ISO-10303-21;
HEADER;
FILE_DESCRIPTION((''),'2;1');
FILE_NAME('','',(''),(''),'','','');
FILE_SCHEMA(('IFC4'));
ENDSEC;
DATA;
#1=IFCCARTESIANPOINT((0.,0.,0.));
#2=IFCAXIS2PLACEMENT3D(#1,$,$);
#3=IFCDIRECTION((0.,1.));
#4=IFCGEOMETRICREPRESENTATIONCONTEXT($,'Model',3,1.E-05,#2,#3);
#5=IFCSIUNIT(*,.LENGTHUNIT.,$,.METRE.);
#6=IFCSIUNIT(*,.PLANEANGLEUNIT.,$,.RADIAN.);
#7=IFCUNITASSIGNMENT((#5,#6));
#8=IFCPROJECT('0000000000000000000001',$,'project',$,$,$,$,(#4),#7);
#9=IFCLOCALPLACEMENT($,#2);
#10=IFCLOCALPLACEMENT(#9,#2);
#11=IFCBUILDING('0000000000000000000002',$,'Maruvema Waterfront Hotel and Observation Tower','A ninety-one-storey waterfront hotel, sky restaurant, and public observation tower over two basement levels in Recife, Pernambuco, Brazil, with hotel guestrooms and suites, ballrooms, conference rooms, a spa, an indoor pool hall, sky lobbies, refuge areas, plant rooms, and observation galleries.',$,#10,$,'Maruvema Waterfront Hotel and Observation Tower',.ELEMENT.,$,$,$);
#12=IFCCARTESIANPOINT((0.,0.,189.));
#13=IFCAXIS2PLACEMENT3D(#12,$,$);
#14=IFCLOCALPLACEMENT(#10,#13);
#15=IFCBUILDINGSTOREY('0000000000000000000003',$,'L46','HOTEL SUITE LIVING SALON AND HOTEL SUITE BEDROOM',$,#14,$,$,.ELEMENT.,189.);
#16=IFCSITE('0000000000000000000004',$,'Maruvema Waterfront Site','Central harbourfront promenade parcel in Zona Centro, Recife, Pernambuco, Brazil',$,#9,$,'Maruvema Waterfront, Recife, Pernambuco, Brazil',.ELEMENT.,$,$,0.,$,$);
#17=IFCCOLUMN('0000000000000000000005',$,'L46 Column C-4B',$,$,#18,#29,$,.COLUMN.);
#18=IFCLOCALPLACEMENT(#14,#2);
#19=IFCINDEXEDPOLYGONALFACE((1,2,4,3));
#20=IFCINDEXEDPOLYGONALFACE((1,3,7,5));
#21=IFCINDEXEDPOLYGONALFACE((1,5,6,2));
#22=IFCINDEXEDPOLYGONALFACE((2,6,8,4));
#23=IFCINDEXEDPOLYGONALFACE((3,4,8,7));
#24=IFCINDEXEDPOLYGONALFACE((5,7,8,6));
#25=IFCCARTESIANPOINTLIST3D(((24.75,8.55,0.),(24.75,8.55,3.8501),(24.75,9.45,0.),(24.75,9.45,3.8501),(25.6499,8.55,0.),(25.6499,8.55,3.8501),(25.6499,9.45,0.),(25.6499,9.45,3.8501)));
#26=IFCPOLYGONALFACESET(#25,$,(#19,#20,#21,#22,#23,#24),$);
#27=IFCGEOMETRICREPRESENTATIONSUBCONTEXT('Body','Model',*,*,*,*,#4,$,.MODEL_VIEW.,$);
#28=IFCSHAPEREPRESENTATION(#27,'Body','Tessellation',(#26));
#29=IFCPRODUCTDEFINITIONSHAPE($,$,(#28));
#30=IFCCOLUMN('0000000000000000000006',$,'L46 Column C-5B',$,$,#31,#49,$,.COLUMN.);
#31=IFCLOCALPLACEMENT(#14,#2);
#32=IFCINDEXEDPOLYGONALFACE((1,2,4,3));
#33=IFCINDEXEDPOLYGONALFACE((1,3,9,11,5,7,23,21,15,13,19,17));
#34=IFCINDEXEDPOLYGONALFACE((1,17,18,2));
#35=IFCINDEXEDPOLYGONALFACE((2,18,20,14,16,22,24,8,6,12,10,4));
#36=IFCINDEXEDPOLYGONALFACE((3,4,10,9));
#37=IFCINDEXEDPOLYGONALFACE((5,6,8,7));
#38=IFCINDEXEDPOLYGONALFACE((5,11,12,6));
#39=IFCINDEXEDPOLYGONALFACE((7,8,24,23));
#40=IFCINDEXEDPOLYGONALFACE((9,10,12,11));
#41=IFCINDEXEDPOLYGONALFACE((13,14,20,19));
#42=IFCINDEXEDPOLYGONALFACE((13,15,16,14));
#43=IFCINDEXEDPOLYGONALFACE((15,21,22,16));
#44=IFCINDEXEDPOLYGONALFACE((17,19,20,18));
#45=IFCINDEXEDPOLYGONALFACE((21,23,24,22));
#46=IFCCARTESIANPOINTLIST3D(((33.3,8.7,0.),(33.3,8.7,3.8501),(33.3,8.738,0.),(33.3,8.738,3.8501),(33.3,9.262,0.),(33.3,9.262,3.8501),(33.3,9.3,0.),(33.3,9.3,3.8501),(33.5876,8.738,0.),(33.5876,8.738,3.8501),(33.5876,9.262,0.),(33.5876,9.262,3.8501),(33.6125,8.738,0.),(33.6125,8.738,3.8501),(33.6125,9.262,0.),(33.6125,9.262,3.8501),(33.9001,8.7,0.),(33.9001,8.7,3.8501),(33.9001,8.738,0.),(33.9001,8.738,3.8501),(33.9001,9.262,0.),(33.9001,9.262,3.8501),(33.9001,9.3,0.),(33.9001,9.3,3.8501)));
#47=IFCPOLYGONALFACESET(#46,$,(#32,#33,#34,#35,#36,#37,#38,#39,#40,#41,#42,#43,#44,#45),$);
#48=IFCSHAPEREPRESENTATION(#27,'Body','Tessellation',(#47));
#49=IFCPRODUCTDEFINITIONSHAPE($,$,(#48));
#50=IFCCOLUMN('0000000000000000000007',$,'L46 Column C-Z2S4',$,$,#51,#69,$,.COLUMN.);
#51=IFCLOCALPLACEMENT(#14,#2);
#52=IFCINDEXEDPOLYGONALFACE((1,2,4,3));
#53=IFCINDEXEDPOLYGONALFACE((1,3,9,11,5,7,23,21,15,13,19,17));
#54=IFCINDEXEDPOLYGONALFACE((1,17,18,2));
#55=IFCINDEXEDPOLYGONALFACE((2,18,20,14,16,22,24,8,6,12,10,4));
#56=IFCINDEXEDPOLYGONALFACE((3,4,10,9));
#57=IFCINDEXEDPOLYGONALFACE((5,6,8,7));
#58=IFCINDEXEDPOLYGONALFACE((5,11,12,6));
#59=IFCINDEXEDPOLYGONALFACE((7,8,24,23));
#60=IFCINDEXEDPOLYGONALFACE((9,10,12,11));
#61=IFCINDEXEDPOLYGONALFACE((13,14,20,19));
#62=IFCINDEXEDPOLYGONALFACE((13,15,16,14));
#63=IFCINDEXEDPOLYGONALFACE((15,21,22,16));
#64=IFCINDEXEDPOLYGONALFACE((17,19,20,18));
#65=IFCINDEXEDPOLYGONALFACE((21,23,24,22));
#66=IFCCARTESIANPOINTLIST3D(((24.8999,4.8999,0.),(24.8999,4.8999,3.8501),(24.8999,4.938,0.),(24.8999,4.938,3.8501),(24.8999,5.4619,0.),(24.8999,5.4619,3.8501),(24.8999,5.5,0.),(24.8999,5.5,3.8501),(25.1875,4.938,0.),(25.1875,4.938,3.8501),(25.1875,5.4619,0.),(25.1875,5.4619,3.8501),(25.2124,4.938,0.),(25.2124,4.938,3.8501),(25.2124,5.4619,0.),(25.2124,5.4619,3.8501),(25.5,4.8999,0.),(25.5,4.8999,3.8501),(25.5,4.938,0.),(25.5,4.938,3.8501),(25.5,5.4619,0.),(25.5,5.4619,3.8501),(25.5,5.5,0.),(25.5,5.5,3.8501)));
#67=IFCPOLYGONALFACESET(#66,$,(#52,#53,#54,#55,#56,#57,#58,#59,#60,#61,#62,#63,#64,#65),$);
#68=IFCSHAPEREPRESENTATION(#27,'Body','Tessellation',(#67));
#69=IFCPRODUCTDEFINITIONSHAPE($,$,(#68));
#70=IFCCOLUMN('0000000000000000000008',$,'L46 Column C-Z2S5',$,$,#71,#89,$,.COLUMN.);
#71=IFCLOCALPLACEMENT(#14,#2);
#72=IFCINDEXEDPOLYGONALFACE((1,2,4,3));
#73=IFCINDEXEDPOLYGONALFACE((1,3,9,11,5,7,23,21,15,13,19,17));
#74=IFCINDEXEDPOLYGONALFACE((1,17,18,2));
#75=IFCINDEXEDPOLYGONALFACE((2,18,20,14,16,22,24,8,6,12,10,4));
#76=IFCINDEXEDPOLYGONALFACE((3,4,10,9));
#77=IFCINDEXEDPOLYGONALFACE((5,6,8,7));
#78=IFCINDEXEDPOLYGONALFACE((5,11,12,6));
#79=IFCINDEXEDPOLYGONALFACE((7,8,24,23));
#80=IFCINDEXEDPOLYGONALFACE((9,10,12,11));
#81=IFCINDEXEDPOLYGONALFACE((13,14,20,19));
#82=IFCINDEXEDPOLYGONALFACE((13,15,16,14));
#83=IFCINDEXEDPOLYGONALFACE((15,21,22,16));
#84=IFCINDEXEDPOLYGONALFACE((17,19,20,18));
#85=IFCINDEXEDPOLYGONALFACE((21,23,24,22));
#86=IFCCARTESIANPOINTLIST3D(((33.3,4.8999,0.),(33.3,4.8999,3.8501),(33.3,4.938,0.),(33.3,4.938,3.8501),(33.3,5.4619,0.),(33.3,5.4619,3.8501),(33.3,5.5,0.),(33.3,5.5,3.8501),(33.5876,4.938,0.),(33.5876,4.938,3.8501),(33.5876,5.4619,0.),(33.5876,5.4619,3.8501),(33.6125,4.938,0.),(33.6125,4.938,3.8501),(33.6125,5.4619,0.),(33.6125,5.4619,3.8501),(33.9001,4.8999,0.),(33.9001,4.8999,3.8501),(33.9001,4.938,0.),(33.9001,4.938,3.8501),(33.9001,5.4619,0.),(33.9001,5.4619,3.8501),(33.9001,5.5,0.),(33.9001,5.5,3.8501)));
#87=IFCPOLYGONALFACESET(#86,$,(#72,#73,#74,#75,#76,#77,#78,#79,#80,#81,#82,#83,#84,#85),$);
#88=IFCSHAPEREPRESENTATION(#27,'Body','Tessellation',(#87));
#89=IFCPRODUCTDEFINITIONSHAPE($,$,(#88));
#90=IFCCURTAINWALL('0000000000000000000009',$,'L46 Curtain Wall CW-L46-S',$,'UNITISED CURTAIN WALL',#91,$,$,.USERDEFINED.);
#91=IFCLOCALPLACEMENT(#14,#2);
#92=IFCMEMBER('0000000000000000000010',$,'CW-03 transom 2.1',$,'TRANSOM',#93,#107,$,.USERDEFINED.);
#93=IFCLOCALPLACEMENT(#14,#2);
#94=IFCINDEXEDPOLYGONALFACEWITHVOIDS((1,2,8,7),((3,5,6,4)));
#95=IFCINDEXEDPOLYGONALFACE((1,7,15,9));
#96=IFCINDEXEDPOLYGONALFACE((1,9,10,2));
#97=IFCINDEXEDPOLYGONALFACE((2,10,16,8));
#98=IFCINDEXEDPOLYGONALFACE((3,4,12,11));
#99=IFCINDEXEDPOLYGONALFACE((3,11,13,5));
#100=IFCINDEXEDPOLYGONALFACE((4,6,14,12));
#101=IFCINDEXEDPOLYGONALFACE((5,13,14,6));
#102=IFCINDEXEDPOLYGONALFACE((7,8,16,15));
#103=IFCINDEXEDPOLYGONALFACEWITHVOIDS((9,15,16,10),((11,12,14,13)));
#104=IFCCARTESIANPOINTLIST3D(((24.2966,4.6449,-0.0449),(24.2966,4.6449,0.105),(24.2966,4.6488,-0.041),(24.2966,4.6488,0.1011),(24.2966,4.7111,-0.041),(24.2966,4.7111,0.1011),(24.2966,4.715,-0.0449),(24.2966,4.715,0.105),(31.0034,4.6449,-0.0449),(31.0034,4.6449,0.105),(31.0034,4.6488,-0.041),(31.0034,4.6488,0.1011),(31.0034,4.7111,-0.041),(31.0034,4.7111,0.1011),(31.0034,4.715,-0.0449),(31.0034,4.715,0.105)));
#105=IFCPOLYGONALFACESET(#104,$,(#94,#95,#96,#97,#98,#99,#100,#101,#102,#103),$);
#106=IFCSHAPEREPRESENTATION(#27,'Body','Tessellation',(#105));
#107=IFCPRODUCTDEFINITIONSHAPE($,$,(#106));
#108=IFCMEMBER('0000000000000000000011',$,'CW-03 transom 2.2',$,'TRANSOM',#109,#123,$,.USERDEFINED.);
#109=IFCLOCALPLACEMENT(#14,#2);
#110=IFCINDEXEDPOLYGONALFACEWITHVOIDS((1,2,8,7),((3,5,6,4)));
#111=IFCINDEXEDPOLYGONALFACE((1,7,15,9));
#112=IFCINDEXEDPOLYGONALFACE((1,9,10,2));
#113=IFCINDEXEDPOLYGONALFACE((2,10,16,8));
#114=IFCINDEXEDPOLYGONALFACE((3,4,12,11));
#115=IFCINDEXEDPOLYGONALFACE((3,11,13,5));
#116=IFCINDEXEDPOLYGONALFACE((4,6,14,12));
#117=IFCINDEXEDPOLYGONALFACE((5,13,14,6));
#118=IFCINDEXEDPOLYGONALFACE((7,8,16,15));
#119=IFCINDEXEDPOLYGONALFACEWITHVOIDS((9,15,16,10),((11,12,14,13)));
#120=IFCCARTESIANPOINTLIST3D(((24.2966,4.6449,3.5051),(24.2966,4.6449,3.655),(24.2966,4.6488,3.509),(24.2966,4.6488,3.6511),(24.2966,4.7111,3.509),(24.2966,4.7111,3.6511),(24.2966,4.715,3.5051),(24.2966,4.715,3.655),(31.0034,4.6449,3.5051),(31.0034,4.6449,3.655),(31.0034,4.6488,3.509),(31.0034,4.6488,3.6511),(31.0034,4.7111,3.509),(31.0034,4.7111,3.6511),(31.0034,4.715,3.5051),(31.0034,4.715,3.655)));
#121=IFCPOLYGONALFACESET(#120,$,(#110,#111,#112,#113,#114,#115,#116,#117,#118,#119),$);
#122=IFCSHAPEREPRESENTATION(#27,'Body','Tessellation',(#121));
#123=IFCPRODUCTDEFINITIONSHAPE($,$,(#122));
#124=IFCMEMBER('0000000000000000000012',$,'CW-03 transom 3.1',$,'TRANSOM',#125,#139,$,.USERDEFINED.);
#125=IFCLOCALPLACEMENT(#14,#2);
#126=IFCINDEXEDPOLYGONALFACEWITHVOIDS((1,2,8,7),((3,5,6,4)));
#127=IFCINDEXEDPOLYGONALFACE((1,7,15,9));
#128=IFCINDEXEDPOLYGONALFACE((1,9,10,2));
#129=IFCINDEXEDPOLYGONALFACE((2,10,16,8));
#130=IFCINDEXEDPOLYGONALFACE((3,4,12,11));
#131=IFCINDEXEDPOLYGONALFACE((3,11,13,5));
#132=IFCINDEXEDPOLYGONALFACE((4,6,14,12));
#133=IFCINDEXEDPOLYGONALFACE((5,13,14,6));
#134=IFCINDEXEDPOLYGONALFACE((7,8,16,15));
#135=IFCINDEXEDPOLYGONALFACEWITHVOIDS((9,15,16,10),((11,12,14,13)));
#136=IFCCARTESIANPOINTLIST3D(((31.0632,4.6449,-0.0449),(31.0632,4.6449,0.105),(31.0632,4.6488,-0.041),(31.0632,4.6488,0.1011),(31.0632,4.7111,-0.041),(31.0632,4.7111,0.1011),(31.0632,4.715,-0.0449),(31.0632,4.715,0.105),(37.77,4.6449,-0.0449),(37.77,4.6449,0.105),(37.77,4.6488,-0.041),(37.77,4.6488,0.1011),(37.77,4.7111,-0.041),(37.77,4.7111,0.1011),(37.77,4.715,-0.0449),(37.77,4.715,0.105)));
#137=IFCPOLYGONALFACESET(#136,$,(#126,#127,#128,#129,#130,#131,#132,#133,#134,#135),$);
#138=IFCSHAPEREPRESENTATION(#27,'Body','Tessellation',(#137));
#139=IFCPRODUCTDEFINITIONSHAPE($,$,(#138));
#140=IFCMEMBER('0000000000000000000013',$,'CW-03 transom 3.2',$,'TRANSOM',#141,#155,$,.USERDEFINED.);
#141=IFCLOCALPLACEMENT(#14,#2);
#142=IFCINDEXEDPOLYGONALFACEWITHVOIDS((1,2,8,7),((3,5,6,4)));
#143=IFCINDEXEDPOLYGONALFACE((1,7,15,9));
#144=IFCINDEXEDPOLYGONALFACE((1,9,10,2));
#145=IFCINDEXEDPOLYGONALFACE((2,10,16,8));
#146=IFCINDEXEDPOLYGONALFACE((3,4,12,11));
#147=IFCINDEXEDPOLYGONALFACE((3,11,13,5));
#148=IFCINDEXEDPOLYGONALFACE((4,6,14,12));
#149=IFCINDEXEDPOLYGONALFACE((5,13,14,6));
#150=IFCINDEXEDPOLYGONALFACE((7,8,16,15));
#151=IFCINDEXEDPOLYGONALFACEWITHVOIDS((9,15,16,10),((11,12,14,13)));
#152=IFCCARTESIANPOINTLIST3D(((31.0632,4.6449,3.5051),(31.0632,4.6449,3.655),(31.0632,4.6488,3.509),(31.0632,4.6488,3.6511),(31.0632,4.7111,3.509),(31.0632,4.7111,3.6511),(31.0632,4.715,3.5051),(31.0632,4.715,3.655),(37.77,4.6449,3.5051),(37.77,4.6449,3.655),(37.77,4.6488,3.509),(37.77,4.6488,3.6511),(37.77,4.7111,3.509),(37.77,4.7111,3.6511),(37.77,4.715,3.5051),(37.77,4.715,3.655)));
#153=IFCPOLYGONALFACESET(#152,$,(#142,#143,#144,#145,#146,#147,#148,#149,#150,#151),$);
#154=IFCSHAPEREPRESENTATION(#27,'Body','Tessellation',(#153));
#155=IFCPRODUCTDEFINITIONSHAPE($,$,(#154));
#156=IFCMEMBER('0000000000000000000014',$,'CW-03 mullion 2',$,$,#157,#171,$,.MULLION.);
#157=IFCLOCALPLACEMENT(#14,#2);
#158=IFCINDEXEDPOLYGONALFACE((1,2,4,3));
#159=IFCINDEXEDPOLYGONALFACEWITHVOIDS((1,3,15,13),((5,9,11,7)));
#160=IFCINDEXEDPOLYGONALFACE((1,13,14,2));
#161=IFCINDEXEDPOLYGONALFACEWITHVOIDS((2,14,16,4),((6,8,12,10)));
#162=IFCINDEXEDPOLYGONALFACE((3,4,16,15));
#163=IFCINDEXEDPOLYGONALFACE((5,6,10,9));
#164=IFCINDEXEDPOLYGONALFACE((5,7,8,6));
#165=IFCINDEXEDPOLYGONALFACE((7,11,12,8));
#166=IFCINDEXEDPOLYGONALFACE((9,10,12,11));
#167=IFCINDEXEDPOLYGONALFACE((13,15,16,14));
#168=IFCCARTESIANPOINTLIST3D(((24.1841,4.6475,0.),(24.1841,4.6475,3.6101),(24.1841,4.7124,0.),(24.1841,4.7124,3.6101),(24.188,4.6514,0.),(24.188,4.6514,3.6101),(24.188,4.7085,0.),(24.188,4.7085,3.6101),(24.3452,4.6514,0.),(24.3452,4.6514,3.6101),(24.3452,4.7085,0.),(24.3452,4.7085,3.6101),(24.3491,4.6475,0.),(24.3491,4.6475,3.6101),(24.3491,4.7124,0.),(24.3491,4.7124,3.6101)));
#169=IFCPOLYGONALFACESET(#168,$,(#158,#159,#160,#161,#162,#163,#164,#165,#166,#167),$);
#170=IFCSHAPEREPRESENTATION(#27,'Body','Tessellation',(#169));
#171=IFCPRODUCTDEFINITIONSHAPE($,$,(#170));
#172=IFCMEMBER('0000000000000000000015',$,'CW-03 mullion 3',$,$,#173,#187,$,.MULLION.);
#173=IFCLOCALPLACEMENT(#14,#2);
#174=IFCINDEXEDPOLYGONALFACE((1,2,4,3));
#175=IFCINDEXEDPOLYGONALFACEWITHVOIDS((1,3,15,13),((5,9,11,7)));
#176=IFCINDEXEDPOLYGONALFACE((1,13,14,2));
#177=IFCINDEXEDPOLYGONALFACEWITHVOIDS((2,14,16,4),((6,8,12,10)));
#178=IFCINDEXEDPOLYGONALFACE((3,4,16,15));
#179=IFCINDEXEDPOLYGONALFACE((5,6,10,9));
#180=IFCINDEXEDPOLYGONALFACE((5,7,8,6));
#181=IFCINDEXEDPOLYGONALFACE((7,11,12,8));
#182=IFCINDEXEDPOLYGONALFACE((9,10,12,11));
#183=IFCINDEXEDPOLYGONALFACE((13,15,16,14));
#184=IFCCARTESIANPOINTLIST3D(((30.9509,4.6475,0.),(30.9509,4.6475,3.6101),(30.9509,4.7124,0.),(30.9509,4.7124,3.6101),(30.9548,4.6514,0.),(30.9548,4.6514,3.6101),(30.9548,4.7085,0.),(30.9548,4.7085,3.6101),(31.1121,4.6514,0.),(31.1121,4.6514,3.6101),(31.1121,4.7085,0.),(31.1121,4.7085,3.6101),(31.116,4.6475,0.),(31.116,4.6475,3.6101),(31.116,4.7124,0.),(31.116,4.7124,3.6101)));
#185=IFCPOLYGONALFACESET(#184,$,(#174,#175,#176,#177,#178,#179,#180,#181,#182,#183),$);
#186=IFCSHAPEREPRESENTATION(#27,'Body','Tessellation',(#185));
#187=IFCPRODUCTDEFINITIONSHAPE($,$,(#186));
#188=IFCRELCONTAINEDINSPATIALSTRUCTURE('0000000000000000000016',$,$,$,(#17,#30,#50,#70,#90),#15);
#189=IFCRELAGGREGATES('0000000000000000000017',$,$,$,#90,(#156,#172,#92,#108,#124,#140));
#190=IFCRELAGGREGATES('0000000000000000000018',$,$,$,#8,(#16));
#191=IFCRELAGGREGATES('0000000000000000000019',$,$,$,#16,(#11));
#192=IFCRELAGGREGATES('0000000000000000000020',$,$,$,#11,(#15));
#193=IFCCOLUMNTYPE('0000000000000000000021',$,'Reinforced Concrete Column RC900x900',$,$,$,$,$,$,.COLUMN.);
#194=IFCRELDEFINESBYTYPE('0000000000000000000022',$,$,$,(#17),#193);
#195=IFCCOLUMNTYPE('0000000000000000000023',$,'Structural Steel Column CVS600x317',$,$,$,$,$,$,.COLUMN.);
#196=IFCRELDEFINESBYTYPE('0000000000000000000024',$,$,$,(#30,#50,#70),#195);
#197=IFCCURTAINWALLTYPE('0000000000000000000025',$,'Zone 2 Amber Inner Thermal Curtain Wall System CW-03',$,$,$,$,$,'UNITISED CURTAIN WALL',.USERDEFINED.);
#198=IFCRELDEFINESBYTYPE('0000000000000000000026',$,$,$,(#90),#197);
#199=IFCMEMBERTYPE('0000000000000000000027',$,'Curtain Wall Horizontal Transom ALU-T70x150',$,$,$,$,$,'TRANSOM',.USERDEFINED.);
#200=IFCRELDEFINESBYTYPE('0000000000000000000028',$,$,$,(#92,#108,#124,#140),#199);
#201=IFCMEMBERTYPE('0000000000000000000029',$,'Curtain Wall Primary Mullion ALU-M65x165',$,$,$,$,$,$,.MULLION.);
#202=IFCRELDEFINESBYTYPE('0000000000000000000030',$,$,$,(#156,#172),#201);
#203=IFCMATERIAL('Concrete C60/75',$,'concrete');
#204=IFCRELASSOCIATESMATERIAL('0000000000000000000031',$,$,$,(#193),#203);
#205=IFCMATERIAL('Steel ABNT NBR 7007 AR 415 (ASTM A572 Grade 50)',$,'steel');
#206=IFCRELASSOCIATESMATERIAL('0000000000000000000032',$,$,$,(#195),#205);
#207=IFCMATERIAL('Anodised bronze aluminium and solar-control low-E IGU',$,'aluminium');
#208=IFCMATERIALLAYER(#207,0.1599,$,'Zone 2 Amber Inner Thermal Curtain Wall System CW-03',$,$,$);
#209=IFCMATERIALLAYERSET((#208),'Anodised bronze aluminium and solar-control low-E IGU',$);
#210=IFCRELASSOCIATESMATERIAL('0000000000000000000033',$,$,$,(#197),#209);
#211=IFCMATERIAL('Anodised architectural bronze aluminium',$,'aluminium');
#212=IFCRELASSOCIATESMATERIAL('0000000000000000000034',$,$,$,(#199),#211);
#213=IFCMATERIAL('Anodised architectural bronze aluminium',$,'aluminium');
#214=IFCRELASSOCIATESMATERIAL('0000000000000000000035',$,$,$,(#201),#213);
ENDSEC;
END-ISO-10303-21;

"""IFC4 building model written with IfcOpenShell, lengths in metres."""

from ifc_helpers import new_model, si_unit, direction, frame, origin, origin_2d, place, context, subcontext, project, spatial, rectangle, hollow_rectangle, i_section, extrude, material, layer, layer_set, material_profile, profile_set, type_object, element, aggregate, save


model = new_model("IFC4")

# Units and contexts
model_context = context("Model", 3, precision=1e-05, world=origin(), true_north=direction((0.0, 1.0)))
body_context = subcontext(model_context, "Body", "Model", "MODEL_VIEW")
ifc_project = project(units=[si_unit("LENGTHUNIT", "METRE"), si_unit("PLANEANGLEUNIT", "RADIAN")], contexts=[model_context])

# Site, building, storey
site_placement = place(None, origin())
site = spatial("IfcSite", under=ifc_project, at=site_placement, Name="Maruvema Waterfront Site", Description="Central harbourfront promenade parcel in Zona Centro, Recife, Pernambuco, Brazil", LongName="Maruvema Waterfront, Recife, Pernambuco, Brazil", CompositionType="ELEMENT", RefElevation=0.0)
building_placement = place(site_placement, origin())
building = spatial("IfcBuilding", under=site, at=building_placement, Name="Maruvema Waterfront Hotel and Observation Tower", Description="A ninety-one-storey waterfront hotel, sky restaurant, and public observation tower over two basement levels in Recife, Pernambuco, Brazil, with hotel guestrooms and suites, ballrooms, conference rooms, a spa, an indoor pool hall, sky lobbies, refuge areas, plant rooms, and observation galleries.", LongName="Maruvema Waterfront Hotel and Observation Tower", CompositionType="ELEMENT")
storey_placement = place(building_placement, frame((0.0, 0.0, 189.0)))
storey = spatial("IfcBuildingStorey", under=building, at=storey_placement, Name="L46", Description="HOTEL SUITE LIVING SALON AND HOTEL SUITE BEDROOM", CompositionType="ELEMENT", Elevation=189.0)

# Columns
ifc_material_1 = material(Name="Concrete C60/75", Category="concrete")
ifc_material_profile_1 = material_profile(ifc_material_1, rectangle(XDim=0.8999, YDim=0.8999, at=origin_2d()), Name="RC900x900")
ifc_profile_set_1 = profile_set([ifc_material_profile_1], Name="Concrete C60/75")
column_type_1 = type_object("IfcColumnType", Name="Reinforced Concrete Column RC900x900", PredefinedType="COLUMN", material=ifc_profile_set_1)
column_placement = place(storey_placement, frame((25.2, 9.0, 0.0), z_axis=(0.0, 0.0, 1.0), x_axis=(1.0, 0.0, 0.0)))
element("IfcColumn", 1, at=column_placement, inside=storey, type_object=column_type_1, Name="L46 Column C-4B", PredefinedType="COLUMN", context=body_context, shape_type="SweptSolid", body=[
    extrude(rectangle(XDim=0.8999, YDim=0.8999, at=origin_2d()), origin(), (0.0, 0.0, 1.0), 3.8501),
])
ifc_material_2 = material(Name="Steel ABNT NBR 7007 AR 415 (ASTM A572 Grade 50)", Category="steel")
ifc_material_profile_2 = material_profile(ifc_material_2, i_section(OverallWidth=0.6001, OverallDepth=0.6001, WebThickness=0.0249, FlangeThickness=0.0381, at=origin_2d()), Name="CVS600x317")
ifc_profile_set_2 = profile_set([ifc_material_profile_2], Name="Steel ABNT NBR 7007 AR 415 (ASTM A572 Grade 50)")
column_type_2 = type_object("IfcColumnType", Name="Structural Steel Column CVS600x317", PredefinedType="COLUMN", material=ifc_profile_set_2)
for number, where, z_axis, x_axis, name in (
    (2, (33.6001, 9.0, 0.0), (0.0, 0.0, 1.0), (1.0, 0.0, 0.0), "L46 Column C-5B"),
    (3, (25.2, 5.2, 0.0), (0.0, 0.0, 1.0), (1.0, 0.0, 0.0), "L46 Column C-Z2S4"),
    (4, (33.6001, 5.2, 0.0), (0.0, 0.0, 1.0), (1.0, 0.0, 0.0), "L46 Column C-Z2S5"),
):
    element("IfcColumn", number, at=place(storey_placement, frame(where, z_axis=z_axis, x_axis=x_axis)), inside=storey, type_object=column_type_2, Name=name, PredefinedType="COLUMN", context=body_context, shape_type="SweptSolid", body=[
        extrude(i_section(OverallWidth=0.6001, OverallDepth=0.6001, WebThickness=0.0249, FlangeThickness=0.0381, at=origin_2d()), origin(), (0.0, 0.0, 1.0), 3.8501),
    ])

# Curtain wall, members
ifc_material_3 = material(Name="Anodised bronze aluminium and solar-control low-E IGU", Category="aluminium")
ifc_layer_1 = layer(ifc_material_3, 0.1599, Name="Zone 2 Amber Inner Thermal Curtain Wall System CW-03")
ifc_layer_set_1 = layer_set([ifc_layer_1], Name="Anodised bronze aluminium and solar-control low-E IGU")
curtain_wall_type = type_object("IfcCurtainWallType", Name="Zone 2 Amber Inner Thermal Curtain Wall System CW-03", ElementType="UNITISED CURTAIN WALL", PredefinedType="USERDEFINED", material=ifc_layer_set_1)
curtain_wall_placement = place(storey_placement, origin())
curtain_wall = element("IfcCurtainWall", 5, at=curtain_wall_placement, inside=storey, type_object=curtain_wall_type, Name="L46 Curtain Wall CW-L46-S", ObjectType="UNITISED CURTAIN WALL", PredefinedType="USERDEFINED")
ifc_material_4 = material(Name="Anodised architectural bronze aluminium", Category="aluminium")
ifc_material_profile_3 = material_profile(ifc_material_4, hollow_rectangle(XDim=0.0701, YDim=0.1499, WallThickness=0.0039, at=origin_2d()), Name="ALU-T70x150")
ifc_profile_set_3 = profile_set([ifc_material_profile_3], Name="Anodised architectural bronze aluminium")
member_type_1 = type_object("IfcMemberType", Name="Curtain Wall Horizontal Transom ALU-T70x150", ElementType="TRANSOM", PredefinedType="USERDEFINED", material=ifc_profile_set_3)
member_1_placement = place(storey_placement, frame((24.2966, 4.6799, 0.03), z_axis=(1.0, 0.0, 0.0), x_axis=(0.0, 1.0, 0.0)))
member_1 = element("IfcMember", 6, at=member_1_placement, type_object=member_type_1, Name="CW-03 transom 2.1", ObjectType="TRANSOM", PredefinedType="USERDEFINED", context=body_context, shape_type="SweptSolid", body=[
    extrude(hollow_rectangle(XDim=0.0701, YDim=0.1499, WallThickness=0.0039, at=origin_2d()), origin(), (0.0, 0.0, 1.0), 6.7068),
])
member_2_placement = place(storey_placement, frame((24.2966, 4.6799, 3.5801), z_axis=(1.0, 0.0, 0.0), x_axis=(0.0, 1.0, 0.0)))
member_2 = element("IfcMember", 7, at=member_2_placement, type_object=member_type_1, Name="CW-03 transom 2.2", ObjectType="TRANSOM", PredefinedType="USERDEFINED", context=body_context, shape_type="SweptSolid", body=[
    extrude(hollow_rectangle(XDim=0.0701, YDim=0.1499, WallThickness=0.0039, at=origin_2d()), origin(), (0.0, 0.0, 1.0), 6.7068),
])
member_3_placement = place(storey_placement, frame((31.0632, 4.6799, 0.03), z_axis=(1.0, 0.0, 0.0), x_axis=(0.0, 1.0, 0.0)))
member_3 = element("IfcMember", 8, at=member_3_placement, type_object=member_type_1, Name="CW-03 transom 3.1", ObjectType="TRANSOM", PredefinedType="USERDEFINED", context=body_context, shape_type="SweptSolid", body=[
    extrude(hollow_rectangle(XDim=0.0701, YDim=0.1499, WallThickness=0.0039, at=origin_2d()), origin(), (0.0, 0.0, 1.0), 6.7068),
])
member_4_placement = place(storey_placement, frame((31.0632, 4.6799, 3.5801), z_axis=(1.0, 0.0, 0.0), x_axis=(0.0, 1.0, 0.0)))
member_4 = element("IfcMember", 9, at=member_4_placement, type_object=member_type_1, Name="CW-03 transom 3.2", ObjectType="TRANSOM", PredefinedType="USERDEFINED", context=body_context, shape_type="SweptSolid", body=[
    extrude(hollow_rectangle(XDim=0.0701, YDim=0.1499, WallThickness=0.0039, at=origin_2d()), origin(), (0.0, 0.0, 1.0), 6.7068),
])
ifc_material_5 = material(Name="Anodised architectural bronze aluminium", Category="aluminium")
ifc_material_profile_4 = material_profile(ifc_material_5, hollow_rectangle(XDim=0.0649, YDim=0.165, WallThickness=0.0039, at=origin_2d()), Name="ALU-M65x165")
ifc_profile_set_4 = profile_set([ifc_material_profile_4], Name="Anodised architectural bronze aluminium")
member_type_2 = type_object("IfcMemberType", Name="Curtain Wall Primary Mullion ALU-M65x165", PredefinedType="MULLION", material=ifc_profile_set_4)
member_5_placement = place(storey_placement, frame((24.2666, 4.6799, 0.0), z_axis=(0.0, 0.0, 1.0), x_axis=(0.0, 1.0, 0.0)))
member_5 = element("IfcMember", 10, at=member_5_placement, type_object=member_type_2, Name="CW-03 mullion 2", PredefinedType="MULLION", context=body_context, shape_type="SweptSolid", body=[
    extrude(hollow_rectangle(XDim=0.0649, YDim=0.165, WallThickness=0.0039, at=origin_2d()), origin(), (0.0, 0.0, 1.0), 3.6101),
])
member_6_placement = place(storey_placement, frame((31.0334, 4.6799, 0.0), z_axis=(0.0, 0.0, 1.0), x_axis=(0.0, 1.0, 0.0)))
member_6 = element("IfcMember", 11, at=member_6_placement, type_object=member_type_2, Name="CW-03 mullion 3", PredefinedType="MULLION", context=body_context, shape_type="SweptSolid", body=[
    extrude(hollow_rectangle(XDim=0.0649, YDim=0.165, WallThickness=0.0039, at=origin_2d()), origin(), (0.0, 0.0, 1.0), 3.6101),
])

aggregate(curtain_wall, [member_5, member_6, member_1, member_2, member_3, member_4])

save(model, "model.ifc")
